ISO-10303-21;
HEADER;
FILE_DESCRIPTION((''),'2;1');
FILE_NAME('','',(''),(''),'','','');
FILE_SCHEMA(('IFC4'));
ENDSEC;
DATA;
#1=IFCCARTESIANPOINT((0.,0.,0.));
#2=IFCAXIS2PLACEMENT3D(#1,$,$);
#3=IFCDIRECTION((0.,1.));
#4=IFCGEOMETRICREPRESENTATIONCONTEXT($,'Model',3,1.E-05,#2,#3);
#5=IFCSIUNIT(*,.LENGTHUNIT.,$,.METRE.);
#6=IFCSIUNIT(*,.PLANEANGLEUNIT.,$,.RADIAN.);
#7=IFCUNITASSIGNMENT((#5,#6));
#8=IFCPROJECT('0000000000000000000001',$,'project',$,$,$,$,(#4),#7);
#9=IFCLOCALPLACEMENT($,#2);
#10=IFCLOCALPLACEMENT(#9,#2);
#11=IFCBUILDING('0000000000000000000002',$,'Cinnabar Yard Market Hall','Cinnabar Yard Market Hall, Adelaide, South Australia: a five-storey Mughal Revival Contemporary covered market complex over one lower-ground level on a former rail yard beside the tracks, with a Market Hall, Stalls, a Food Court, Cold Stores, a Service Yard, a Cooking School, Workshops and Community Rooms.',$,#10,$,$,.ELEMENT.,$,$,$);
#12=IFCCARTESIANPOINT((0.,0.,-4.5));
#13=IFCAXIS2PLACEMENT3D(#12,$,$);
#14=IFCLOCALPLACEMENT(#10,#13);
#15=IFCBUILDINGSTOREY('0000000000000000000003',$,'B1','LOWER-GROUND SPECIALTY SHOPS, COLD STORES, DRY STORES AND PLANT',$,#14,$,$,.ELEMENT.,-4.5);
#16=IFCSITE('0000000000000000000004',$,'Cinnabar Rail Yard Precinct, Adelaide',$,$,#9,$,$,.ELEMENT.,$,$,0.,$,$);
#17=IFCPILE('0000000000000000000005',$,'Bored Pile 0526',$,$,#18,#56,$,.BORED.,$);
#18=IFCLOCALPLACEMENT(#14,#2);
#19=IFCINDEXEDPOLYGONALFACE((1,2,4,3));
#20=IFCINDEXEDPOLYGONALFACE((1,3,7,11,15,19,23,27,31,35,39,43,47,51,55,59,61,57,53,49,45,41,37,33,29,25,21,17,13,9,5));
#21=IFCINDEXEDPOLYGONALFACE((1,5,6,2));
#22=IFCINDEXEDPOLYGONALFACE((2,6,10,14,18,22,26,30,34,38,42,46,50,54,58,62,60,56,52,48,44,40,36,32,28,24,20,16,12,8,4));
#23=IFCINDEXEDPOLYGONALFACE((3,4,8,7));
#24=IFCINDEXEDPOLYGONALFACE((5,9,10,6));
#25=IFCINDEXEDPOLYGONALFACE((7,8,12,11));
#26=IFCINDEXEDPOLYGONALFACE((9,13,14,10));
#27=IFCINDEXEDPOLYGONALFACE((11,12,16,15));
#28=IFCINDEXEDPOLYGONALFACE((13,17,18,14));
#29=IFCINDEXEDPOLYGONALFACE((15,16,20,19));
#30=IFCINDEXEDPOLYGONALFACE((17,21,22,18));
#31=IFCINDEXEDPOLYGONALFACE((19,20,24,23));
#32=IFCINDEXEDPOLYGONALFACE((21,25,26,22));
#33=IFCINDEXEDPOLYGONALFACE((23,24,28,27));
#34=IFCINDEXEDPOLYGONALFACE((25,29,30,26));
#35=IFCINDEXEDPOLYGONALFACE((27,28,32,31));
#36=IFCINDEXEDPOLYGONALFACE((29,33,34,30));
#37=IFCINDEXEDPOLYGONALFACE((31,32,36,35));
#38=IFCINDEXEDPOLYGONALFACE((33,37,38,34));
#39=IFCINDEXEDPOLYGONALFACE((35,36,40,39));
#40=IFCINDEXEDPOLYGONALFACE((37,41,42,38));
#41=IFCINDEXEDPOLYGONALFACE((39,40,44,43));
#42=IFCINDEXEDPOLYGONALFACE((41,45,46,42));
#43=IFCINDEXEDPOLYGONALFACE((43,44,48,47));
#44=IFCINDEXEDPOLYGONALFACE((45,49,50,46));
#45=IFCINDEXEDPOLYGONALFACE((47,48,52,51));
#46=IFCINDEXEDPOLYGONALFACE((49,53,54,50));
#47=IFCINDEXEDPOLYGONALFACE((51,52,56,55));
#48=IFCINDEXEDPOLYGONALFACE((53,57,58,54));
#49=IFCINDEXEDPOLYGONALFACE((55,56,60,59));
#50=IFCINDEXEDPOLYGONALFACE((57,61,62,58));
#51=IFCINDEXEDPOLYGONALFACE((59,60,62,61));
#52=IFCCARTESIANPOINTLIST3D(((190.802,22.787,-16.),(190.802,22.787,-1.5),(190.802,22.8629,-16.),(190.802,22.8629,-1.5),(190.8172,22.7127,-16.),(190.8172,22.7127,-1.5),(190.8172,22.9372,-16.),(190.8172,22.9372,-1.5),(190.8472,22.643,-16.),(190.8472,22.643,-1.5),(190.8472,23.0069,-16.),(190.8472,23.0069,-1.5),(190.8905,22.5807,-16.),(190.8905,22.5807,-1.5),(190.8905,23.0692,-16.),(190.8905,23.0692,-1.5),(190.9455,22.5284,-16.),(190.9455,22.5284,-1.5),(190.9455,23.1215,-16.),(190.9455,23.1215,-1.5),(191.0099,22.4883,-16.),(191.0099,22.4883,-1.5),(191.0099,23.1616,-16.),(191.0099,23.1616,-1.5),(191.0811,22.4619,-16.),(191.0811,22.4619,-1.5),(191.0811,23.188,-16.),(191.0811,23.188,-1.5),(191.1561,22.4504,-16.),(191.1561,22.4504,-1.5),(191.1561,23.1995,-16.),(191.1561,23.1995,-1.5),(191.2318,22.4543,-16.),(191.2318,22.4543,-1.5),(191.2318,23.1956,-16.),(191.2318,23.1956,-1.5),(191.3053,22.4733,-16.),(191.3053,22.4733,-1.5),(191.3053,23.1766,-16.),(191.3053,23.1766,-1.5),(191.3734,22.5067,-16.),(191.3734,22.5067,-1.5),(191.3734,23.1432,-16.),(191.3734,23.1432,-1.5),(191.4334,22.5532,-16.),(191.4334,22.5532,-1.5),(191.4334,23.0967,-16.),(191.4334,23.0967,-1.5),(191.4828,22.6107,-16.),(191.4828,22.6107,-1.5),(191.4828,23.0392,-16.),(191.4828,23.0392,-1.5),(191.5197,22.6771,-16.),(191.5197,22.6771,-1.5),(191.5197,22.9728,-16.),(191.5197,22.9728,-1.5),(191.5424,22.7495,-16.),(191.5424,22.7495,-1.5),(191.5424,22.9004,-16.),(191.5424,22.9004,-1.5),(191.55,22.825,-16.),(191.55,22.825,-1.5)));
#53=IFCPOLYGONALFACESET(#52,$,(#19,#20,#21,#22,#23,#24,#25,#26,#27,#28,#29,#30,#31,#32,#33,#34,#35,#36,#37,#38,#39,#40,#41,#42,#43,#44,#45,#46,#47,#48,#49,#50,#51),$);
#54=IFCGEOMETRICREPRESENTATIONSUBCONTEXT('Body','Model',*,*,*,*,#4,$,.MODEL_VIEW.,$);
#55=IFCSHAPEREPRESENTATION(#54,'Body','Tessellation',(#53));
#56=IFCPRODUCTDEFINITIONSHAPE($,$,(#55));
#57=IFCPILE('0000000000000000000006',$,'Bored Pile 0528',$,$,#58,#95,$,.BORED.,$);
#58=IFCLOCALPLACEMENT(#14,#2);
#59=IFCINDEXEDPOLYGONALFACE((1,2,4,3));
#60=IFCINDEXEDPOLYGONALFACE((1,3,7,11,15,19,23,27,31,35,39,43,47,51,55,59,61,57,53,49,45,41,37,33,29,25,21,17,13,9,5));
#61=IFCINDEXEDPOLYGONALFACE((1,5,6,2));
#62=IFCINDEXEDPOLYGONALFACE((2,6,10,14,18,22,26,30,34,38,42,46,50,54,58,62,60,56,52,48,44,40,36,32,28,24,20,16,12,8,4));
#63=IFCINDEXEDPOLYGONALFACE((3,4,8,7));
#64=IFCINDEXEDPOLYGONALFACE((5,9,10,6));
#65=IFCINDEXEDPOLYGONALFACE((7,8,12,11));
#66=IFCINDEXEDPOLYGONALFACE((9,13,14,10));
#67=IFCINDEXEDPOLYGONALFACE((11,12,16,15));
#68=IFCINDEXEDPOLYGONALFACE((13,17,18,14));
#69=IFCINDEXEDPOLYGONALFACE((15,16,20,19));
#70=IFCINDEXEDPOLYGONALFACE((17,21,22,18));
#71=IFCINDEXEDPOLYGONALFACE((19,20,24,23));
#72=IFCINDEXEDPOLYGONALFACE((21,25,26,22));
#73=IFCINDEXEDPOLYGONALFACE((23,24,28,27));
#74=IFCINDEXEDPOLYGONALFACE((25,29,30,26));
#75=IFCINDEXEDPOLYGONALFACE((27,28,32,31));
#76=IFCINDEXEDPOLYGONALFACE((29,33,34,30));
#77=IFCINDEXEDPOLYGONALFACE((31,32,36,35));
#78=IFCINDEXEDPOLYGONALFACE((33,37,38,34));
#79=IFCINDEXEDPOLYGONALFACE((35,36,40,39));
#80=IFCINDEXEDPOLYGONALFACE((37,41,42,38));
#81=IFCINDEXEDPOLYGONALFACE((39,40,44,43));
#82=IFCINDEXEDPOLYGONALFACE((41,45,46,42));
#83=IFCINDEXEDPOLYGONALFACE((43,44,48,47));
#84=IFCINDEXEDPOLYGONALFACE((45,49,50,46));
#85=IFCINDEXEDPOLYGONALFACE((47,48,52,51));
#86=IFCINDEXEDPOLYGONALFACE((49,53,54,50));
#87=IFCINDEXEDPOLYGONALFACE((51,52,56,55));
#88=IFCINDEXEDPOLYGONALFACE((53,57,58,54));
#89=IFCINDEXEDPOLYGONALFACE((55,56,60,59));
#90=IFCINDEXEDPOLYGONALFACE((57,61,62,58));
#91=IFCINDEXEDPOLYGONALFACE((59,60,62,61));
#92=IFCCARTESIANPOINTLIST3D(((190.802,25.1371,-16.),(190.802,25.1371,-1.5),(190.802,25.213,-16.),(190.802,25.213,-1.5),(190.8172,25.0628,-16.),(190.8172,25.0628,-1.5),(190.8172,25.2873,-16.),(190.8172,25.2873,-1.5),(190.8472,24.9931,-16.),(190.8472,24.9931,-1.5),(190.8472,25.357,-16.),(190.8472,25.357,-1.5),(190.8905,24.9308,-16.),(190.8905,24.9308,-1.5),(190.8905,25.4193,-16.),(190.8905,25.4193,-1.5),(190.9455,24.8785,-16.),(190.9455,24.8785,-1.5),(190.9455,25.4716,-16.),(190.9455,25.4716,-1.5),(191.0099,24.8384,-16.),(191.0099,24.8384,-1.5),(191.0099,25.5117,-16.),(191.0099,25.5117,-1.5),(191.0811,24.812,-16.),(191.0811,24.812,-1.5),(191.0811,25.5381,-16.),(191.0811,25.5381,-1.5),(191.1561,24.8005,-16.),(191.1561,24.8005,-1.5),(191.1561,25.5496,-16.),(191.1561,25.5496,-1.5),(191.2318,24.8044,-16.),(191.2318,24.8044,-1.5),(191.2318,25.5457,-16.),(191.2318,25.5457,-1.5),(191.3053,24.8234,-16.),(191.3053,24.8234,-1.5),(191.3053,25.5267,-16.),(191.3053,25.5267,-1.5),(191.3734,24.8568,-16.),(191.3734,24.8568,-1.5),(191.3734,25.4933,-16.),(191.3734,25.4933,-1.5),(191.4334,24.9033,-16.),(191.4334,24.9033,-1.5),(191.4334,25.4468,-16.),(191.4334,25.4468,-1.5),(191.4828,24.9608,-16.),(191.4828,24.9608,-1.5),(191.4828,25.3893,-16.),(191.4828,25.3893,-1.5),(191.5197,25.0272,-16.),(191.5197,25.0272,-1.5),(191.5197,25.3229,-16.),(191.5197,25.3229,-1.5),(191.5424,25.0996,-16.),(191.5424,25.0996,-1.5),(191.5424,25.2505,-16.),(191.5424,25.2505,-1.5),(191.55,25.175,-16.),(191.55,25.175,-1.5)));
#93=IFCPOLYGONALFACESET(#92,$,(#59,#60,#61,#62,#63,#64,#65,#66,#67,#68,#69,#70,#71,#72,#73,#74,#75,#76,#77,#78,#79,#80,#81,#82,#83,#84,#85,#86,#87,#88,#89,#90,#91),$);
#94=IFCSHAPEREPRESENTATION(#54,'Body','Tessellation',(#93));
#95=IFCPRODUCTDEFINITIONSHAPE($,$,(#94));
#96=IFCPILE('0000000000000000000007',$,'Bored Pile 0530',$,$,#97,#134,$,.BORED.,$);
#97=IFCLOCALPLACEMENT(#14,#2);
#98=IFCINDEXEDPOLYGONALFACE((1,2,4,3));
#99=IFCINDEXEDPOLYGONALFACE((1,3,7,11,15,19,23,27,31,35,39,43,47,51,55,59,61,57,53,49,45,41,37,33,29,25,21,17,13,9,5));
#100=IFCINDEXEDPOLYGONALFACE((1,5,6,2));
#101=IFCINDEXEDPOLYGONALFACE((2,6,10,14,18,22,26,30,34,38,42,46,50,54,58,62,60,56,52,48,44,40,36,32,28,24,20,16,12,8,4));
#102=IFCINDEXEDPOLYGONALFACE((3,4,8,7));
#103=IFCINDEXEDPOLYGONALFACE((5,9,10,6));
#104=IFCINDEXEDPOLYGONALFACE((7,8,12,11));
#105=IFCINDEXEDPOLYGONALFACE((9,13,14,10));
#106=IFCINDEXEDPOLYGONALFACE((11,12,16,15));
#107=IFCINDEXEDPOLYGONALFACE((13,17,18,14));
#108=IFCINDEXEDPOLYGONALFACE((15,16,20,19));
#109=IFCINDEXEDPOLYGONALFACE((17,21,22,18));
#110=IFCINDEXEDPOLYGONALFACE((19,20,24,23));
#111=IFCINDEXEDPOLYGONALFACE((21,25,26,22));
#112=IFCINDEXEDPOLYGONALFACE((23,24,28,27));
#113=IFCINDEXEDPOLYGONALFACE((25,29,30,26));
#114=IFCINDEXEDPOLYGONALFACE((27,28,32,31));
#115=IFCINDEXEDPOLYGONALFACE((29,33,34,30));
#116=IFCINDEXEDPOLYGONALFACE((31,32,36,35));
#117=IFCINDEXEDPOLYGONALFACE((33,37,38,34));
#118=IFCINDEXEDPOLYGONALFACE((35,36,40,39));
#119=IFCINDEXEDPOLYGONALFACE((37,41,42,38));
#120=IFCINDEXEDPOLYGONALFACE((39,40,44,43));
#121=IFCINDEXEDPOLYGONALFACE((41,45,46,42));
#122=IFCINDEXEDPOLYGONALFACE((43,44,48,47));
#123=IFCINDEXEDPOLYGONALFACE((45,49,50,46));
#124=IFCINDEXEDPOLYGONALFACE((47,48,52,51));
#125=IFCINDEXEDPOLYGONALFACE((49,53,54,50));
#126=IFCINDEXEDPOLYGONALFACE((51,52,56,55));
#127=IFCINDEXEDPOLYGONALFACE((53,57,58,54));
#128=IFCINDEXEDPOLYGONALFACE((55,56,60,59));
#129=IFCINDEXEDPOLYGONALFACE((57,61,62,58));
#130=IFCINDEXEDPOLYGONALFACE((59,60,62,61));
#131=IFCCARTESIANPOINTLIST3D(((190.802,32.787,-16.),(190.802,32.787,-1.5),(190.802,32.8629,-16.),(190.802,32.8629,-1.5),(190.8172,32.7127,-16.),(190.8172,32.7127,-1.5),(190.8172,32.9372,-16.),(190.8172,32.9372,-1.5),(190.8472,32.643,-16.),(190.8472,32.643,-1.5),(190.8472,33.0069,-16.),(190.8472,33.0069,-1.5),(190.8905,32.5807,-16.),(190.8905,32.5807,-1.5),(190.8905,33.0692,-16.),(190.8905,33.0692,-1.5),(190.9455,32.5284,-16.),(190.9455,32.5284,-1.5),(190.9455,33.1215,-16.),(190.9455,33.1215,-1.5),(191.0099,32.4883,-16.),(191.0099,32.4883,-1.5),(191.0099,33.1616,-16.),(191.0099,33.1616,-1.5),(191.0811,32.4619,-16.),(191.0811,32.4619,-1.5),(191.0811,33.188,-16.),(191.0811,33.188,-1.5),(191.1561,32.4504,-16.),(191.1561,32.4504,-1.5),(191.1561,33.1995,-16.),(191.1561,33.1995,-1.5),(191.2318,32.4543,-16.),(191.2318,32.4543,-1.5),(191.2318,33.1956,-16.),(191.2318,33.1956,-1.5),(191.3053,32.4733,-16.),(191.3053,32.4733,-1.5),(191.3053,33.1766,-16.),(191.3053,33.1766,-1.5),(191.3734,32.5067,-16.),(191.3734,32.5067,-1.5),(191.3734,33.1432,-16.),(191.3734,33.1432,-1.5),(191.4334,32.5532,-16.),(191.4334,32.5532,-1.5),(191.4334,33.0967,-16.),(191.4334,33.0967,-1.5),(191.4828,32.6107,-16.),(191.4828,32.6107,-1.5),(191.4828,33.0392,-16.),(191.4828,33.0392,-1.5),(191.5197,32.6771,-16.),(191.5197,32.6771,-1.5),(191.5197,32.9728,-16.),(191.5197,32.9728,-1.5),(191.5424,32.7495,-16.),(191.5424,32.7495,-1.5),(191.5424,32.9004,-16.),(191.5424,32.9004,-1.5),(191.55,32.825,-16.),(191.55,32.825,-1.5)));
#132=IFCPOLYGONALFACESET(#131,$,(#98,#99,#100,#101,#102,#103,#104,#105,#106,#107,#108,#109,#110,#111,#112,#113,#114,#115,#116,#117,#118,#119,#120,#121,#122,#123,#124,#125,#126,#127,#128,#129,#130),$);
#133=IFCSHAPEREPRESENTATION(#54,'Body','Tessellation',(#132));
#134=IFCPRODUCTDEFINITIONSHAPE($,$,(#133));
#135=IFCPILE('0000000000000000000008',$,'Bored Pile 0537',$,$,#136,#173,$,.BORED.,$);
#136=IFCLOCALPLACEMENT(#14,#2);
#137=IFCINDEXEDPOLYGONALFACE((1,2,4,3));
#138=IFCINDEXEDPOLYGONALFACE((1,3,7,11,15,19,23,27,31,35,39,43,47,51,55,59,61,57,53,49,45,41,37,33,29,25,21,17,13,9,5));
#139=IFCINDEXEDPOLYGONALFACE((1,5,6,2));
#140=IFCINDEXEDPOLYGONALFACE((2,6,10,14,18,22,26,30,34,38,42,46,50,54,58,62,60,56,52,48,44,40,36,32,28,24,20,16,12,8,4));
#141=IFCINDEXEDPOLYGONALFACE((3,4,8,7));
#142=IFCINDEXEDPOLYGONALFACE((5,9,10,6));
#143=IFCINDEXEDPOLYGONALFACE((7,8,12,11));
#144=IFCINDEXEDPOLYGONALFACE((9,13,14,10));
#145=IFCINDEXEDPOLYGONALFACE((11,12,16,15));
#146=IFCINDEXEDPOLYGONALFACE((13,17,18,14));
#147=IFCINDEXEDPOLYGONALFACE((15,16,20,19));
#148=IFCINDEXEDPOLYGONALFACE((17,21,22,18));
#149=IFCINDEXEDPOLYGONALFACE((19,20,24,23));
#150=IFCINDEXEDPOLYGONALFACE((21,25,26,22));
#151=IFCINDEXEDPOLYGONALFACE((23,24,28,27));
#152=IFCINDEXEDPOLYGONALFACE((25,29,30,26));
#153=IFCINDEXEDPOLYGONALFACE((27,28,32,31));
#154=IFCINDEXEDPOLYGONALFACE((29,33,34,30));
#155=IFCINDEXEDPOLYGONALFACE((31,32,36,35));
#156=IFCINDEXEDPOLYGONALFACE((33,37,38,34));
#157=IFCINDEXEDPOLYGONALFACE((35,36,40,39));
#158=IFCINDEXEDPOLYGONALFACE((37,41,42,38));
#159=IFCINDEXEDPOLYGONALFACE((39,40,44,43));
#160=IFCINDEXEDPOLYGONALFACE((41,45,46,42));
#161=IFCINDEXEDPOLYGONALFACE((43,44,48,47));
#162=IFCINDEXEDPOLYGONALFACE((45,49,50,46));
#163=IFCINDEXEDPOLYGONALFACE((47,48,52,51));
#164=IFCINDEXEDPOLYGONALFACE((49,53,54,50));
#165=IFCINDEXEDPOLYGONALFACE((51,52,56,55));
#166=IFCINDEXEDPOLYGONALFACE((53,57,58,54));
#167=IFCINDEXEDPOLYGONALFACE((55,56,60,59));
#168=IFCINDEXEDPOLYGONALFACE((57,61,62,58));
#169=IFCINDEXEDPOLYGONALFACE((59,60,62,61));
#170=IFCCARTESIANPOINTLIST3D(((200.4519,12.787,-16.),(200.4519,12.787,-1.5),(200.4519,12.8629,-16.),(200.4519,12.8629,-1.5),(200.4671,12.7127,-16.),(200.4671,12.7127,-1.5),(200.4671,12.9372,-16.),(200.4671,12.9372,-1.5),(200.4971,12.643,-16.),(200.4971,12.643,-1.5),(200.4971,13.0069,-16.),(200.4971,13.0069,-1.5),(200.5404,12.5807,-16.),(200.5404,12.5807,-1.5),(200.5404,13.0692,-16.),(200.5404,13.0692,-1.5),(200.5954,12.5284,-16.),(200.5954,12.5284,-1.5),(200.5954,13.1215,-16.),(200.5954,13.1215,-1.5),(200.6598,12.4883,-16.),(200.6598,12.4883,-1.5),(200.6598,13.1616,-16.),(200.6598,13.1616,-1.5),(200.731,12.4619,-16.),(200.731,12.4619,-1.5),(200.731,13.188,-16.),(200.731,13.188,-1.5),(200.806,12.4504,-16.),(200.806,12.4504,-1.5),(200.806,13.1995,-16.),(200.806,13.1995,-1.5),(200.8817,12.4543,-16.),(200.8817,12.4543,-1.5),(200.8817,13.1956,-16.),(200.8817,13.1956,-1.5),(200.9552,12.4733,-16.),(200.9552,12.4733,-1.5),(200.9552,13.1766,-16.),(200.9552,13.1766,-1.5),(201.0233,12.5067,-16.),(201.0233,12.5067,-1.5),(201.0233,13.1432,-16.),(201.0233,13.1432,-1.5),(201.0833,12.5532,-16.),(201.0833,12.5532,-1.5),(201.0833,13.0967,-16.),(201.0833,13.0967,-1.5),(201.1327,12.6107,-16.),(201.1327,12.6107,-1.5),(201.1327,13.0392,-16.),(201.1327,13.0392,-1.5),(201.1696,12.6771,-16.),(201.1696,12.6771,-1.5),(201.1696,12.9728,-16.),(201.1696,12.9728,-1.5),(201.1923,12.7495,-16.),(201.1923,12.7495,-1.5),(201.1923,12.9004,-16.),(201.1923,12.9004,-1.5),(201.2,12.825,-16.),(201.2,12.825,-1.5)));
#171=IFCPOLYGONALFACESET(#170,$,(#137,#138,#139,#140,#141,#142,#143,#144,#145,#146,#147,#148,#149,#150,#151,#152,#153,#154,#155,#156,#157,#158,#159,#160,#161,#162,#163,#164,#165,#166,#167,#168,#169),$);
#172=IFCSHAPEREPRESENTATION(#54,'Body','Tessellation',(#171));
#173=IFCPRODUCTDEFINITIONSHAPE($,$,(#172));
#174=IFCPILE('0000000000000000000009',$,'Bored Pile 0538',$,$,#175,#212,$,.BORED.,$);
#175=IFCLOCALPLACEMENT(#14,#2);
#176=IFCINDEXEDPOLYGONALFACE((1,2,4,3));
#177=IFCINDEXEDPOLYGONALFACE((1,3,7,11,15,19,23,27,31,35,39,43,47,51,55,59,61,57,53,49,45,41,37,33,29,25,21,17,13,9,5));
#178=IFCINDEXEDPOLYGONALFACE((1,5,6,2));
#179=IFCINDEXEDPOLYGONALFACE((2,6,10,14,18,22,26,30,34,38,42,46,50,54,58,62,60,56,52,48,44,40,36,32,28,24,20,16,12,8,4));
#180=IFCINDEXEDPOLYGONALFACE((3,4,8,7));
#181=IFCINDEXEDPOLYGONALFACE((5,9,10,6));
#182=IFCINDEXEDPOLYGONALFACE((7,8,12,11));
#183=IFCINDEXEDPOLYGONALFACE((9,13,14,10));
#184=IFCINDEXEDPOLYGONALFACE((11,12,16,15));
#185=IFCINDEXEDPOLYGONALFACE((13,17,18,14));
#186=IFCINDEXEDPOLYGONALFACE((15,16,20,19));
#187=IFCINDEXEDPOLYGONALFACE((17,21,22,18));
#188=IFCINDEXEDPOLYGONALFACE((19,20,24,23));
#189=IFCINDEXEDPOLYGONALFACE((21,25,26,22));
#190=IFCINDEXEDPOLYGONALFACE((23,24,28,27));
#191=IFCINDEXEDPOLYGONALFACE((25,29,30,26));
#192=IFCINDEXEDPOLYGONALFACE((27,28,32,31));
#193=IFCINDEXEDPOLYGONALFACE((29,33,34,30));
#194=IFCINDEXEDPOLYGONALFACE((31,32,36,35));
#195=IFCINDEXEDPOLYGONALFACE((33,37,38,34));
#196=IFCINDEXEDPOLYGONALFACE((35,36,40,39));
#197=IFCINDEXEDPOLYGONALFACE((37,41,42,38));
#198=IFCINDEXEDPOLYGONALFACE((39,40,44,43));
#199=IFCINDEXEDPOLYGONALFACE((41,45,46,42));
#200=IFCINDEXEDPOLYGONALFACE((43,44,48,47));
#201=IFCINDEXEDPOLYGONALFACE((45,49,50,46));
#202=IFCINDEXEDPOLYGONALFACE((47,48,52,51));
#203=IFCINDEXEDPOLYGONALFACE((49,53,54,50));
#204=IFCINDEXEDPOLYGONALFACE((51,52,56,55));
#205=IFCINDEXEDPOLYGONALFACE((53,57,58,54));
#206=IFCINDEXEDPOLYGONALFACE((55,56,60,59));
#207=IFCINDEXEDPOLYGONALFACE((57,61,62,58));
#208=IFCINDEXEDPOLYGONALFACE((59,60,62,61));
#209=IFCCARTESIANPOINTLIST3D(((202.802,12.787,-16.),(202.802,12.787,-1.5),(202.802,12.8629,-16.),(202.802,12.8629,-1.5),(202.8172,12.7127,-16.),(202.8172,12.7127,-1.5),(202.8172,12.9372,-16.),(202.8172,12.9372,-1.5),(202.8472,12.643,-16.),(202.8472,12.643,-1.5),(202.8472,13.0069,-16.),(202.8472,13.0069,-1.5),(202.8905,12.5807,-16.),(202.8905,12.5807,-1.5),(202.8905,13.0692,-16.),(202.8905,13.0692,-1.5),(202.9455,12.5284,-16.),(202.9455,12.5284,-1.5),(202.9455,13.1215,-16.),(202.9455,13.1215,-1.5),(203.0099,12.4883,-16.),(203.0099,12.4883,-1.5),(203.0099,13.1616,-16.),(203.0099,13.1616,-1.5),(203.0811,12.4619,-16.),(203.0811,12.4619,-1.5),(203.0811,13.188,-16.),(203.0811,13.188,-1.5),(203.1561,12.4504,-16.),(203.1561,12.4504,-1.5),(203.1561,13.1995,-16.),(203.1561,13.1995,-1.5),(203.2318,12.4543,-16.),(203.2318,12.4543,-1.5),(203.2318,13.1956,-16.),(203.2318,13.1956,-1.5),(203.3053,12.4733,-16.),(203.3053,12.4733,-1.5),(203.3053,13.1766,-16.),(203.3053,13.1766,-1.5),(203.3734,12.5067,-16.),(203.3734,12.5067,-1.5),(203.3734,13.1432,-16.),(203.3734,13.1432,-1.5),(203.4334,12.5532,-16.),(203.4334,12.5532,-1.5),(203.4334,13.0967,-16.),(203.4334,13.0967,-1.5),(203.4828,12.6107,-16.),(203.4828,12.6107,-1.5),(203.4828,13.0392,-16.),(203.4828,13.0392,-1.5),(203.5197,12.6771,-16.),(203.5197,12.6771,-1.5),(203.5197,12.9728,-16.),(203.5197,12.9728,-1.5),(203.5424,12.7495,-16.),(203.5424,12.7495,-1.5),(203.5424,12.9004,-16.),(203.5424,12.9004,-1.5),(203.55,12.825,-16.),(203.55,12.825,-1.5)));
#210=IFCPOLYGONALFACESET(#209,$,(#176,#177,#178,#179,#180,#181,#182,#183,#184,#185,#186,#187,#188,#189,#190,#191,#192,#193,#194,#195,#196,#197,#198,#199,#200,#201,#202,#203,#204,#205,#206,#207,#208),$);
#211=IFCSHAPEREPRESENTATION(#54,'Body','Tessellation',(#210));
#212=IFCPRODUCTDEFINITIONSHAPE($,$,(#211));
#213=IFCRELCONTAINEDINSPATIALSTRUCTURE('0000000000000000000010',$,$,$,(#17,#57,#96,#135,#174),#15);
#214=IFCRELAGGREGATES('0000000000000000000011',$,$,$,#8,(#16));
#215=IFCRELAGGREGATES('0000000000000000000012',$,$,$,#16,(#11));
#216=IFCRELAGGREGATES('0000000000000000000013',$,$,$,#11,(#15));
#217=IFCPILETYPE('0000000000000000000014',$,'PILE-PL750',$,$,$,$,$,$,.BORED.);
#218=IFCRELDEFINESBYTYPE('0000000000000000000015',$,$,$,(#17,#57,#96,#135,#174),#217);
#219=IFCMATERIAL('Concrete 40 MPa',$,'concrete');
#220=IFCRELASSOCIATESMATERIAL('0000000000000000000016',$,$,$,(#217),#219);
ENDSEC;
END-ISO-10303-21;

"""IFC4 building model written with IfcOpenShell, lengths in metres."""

from ifc_helpers import new_model, si_unit, direction, frame, origin, origin_2d_with_axis, place, context, subcontext, project, spatial, circle, extrude, material, material_profile, profile_set, type_object, element, save


model = new_model("IFC4")

# Units and contexts
model_context = context("Model", 3, precision=1e-05, world=origin(), true_north=direction((0.0, 1.0)))
body_context = subcontext(model_context, "Body", "Model", "MODEL_VIEW")
ifc_project = project(units=[si_unit("LENGTHUNIT", "METRE"), si_unit("PLANEANGLEUNIT", "RADIAN")], contexts=[model_context])

# Site, building, storey
site_placement = place(None, origin())
site = spatial("IfcSite", under=ifc_project, at=site_placement, Name="Cinnabar Rail Yard Precinct, Adelaide", CompositionType="ELEMENT", RefElevation=0.0)
building_placement = place(site_placement, origin())
building = spatial("IfcBuilding", under=site, at=building_placement, Name="Cinnabar Yard Market Hall", Description="Cinnabar Yard Market Hall, Adelaide, South Australia: a five-storey Mughal Revival Contemporary covered market complex over one lower-ground level on a former rail yard beside the tracks, with a Market Hall, Stalls, a Food Court, Cold Stores, a Service Yard, a Cooking School, Workshops and Community Rooms.", CompositionType="ELEMENT")
storey_placement = place(building_placement, frame((0.0, 0.0, -4.5)))
storey = spatial("IfcBuildingStorey", under=building, at=storey_placement, Name="B1", Description="LOWER-GROUND SPECIALTY SHOPS, COLD STORES, DRY STORES AND PLANT", CompositionType="ELEMENT", Elevation=-4.5)

# Shared definitions
ifc_material_1 = material(Name="Concrete 40 MPa", Category="concrete")

# Piles
ifc_material_profile_1 = material_profile(ifc_material_1, circle(Radius=0.375, at=origin_2d_with_axis()), Name="PILE-D750")
ifc_profile_set_1 = profile_set([ifc_material_profile_1], Name="Concrete 40 MPa")
pile_type = type_object("IfcPileType", Name="PILE-PL750", PredefinedType="BORED", material=ifc_profile_set_1)
for number, where, z_axis, x_axis, name in (
    (1, (191.175, 22.825, -1.5), (0.0, 0.0, -1.0), (1.0, 0.0, 0.0), "Bored Pile 0526"),
    (2, (191.175, 25.175, -1.5), (0.0, 0.0, -1.0), (1.0, 0.0, 0.0), "Bored Pile 0528"),
    (3, (191.175, 32.825, -1.5), (0.0, 0.0, -1.0), (1.0, 0.0, 0.0), "Bored Pile 0530"),
    (4, (200.825, 12.825, -1.5), (0.0, 0.0, -1.0), (1.0, 0.0, 0.0), "Bored Pile 0537"),
    (5, (203.175, 12.825, -1.5), (0.0, 0.0, -1.0), (1.0, 0.0, 0.0), "Bored Pile 0538"),
):
    element("IfcPile", number, at=place(storey_placement, frame(where, z_axis=z_axis, x_axis=x_axis)), inside=storey, type_object=pile_type, Name=name, PredefinedType="BORED", context=body_context, shape_type="SweptSolid", body=[
        extrude(circle(Radius=0.375, at=origin_2d_with_axis()), origin(), (0.0, 0.0, 1.0), 14.5),
    ])

save(model, "model.ifc")
